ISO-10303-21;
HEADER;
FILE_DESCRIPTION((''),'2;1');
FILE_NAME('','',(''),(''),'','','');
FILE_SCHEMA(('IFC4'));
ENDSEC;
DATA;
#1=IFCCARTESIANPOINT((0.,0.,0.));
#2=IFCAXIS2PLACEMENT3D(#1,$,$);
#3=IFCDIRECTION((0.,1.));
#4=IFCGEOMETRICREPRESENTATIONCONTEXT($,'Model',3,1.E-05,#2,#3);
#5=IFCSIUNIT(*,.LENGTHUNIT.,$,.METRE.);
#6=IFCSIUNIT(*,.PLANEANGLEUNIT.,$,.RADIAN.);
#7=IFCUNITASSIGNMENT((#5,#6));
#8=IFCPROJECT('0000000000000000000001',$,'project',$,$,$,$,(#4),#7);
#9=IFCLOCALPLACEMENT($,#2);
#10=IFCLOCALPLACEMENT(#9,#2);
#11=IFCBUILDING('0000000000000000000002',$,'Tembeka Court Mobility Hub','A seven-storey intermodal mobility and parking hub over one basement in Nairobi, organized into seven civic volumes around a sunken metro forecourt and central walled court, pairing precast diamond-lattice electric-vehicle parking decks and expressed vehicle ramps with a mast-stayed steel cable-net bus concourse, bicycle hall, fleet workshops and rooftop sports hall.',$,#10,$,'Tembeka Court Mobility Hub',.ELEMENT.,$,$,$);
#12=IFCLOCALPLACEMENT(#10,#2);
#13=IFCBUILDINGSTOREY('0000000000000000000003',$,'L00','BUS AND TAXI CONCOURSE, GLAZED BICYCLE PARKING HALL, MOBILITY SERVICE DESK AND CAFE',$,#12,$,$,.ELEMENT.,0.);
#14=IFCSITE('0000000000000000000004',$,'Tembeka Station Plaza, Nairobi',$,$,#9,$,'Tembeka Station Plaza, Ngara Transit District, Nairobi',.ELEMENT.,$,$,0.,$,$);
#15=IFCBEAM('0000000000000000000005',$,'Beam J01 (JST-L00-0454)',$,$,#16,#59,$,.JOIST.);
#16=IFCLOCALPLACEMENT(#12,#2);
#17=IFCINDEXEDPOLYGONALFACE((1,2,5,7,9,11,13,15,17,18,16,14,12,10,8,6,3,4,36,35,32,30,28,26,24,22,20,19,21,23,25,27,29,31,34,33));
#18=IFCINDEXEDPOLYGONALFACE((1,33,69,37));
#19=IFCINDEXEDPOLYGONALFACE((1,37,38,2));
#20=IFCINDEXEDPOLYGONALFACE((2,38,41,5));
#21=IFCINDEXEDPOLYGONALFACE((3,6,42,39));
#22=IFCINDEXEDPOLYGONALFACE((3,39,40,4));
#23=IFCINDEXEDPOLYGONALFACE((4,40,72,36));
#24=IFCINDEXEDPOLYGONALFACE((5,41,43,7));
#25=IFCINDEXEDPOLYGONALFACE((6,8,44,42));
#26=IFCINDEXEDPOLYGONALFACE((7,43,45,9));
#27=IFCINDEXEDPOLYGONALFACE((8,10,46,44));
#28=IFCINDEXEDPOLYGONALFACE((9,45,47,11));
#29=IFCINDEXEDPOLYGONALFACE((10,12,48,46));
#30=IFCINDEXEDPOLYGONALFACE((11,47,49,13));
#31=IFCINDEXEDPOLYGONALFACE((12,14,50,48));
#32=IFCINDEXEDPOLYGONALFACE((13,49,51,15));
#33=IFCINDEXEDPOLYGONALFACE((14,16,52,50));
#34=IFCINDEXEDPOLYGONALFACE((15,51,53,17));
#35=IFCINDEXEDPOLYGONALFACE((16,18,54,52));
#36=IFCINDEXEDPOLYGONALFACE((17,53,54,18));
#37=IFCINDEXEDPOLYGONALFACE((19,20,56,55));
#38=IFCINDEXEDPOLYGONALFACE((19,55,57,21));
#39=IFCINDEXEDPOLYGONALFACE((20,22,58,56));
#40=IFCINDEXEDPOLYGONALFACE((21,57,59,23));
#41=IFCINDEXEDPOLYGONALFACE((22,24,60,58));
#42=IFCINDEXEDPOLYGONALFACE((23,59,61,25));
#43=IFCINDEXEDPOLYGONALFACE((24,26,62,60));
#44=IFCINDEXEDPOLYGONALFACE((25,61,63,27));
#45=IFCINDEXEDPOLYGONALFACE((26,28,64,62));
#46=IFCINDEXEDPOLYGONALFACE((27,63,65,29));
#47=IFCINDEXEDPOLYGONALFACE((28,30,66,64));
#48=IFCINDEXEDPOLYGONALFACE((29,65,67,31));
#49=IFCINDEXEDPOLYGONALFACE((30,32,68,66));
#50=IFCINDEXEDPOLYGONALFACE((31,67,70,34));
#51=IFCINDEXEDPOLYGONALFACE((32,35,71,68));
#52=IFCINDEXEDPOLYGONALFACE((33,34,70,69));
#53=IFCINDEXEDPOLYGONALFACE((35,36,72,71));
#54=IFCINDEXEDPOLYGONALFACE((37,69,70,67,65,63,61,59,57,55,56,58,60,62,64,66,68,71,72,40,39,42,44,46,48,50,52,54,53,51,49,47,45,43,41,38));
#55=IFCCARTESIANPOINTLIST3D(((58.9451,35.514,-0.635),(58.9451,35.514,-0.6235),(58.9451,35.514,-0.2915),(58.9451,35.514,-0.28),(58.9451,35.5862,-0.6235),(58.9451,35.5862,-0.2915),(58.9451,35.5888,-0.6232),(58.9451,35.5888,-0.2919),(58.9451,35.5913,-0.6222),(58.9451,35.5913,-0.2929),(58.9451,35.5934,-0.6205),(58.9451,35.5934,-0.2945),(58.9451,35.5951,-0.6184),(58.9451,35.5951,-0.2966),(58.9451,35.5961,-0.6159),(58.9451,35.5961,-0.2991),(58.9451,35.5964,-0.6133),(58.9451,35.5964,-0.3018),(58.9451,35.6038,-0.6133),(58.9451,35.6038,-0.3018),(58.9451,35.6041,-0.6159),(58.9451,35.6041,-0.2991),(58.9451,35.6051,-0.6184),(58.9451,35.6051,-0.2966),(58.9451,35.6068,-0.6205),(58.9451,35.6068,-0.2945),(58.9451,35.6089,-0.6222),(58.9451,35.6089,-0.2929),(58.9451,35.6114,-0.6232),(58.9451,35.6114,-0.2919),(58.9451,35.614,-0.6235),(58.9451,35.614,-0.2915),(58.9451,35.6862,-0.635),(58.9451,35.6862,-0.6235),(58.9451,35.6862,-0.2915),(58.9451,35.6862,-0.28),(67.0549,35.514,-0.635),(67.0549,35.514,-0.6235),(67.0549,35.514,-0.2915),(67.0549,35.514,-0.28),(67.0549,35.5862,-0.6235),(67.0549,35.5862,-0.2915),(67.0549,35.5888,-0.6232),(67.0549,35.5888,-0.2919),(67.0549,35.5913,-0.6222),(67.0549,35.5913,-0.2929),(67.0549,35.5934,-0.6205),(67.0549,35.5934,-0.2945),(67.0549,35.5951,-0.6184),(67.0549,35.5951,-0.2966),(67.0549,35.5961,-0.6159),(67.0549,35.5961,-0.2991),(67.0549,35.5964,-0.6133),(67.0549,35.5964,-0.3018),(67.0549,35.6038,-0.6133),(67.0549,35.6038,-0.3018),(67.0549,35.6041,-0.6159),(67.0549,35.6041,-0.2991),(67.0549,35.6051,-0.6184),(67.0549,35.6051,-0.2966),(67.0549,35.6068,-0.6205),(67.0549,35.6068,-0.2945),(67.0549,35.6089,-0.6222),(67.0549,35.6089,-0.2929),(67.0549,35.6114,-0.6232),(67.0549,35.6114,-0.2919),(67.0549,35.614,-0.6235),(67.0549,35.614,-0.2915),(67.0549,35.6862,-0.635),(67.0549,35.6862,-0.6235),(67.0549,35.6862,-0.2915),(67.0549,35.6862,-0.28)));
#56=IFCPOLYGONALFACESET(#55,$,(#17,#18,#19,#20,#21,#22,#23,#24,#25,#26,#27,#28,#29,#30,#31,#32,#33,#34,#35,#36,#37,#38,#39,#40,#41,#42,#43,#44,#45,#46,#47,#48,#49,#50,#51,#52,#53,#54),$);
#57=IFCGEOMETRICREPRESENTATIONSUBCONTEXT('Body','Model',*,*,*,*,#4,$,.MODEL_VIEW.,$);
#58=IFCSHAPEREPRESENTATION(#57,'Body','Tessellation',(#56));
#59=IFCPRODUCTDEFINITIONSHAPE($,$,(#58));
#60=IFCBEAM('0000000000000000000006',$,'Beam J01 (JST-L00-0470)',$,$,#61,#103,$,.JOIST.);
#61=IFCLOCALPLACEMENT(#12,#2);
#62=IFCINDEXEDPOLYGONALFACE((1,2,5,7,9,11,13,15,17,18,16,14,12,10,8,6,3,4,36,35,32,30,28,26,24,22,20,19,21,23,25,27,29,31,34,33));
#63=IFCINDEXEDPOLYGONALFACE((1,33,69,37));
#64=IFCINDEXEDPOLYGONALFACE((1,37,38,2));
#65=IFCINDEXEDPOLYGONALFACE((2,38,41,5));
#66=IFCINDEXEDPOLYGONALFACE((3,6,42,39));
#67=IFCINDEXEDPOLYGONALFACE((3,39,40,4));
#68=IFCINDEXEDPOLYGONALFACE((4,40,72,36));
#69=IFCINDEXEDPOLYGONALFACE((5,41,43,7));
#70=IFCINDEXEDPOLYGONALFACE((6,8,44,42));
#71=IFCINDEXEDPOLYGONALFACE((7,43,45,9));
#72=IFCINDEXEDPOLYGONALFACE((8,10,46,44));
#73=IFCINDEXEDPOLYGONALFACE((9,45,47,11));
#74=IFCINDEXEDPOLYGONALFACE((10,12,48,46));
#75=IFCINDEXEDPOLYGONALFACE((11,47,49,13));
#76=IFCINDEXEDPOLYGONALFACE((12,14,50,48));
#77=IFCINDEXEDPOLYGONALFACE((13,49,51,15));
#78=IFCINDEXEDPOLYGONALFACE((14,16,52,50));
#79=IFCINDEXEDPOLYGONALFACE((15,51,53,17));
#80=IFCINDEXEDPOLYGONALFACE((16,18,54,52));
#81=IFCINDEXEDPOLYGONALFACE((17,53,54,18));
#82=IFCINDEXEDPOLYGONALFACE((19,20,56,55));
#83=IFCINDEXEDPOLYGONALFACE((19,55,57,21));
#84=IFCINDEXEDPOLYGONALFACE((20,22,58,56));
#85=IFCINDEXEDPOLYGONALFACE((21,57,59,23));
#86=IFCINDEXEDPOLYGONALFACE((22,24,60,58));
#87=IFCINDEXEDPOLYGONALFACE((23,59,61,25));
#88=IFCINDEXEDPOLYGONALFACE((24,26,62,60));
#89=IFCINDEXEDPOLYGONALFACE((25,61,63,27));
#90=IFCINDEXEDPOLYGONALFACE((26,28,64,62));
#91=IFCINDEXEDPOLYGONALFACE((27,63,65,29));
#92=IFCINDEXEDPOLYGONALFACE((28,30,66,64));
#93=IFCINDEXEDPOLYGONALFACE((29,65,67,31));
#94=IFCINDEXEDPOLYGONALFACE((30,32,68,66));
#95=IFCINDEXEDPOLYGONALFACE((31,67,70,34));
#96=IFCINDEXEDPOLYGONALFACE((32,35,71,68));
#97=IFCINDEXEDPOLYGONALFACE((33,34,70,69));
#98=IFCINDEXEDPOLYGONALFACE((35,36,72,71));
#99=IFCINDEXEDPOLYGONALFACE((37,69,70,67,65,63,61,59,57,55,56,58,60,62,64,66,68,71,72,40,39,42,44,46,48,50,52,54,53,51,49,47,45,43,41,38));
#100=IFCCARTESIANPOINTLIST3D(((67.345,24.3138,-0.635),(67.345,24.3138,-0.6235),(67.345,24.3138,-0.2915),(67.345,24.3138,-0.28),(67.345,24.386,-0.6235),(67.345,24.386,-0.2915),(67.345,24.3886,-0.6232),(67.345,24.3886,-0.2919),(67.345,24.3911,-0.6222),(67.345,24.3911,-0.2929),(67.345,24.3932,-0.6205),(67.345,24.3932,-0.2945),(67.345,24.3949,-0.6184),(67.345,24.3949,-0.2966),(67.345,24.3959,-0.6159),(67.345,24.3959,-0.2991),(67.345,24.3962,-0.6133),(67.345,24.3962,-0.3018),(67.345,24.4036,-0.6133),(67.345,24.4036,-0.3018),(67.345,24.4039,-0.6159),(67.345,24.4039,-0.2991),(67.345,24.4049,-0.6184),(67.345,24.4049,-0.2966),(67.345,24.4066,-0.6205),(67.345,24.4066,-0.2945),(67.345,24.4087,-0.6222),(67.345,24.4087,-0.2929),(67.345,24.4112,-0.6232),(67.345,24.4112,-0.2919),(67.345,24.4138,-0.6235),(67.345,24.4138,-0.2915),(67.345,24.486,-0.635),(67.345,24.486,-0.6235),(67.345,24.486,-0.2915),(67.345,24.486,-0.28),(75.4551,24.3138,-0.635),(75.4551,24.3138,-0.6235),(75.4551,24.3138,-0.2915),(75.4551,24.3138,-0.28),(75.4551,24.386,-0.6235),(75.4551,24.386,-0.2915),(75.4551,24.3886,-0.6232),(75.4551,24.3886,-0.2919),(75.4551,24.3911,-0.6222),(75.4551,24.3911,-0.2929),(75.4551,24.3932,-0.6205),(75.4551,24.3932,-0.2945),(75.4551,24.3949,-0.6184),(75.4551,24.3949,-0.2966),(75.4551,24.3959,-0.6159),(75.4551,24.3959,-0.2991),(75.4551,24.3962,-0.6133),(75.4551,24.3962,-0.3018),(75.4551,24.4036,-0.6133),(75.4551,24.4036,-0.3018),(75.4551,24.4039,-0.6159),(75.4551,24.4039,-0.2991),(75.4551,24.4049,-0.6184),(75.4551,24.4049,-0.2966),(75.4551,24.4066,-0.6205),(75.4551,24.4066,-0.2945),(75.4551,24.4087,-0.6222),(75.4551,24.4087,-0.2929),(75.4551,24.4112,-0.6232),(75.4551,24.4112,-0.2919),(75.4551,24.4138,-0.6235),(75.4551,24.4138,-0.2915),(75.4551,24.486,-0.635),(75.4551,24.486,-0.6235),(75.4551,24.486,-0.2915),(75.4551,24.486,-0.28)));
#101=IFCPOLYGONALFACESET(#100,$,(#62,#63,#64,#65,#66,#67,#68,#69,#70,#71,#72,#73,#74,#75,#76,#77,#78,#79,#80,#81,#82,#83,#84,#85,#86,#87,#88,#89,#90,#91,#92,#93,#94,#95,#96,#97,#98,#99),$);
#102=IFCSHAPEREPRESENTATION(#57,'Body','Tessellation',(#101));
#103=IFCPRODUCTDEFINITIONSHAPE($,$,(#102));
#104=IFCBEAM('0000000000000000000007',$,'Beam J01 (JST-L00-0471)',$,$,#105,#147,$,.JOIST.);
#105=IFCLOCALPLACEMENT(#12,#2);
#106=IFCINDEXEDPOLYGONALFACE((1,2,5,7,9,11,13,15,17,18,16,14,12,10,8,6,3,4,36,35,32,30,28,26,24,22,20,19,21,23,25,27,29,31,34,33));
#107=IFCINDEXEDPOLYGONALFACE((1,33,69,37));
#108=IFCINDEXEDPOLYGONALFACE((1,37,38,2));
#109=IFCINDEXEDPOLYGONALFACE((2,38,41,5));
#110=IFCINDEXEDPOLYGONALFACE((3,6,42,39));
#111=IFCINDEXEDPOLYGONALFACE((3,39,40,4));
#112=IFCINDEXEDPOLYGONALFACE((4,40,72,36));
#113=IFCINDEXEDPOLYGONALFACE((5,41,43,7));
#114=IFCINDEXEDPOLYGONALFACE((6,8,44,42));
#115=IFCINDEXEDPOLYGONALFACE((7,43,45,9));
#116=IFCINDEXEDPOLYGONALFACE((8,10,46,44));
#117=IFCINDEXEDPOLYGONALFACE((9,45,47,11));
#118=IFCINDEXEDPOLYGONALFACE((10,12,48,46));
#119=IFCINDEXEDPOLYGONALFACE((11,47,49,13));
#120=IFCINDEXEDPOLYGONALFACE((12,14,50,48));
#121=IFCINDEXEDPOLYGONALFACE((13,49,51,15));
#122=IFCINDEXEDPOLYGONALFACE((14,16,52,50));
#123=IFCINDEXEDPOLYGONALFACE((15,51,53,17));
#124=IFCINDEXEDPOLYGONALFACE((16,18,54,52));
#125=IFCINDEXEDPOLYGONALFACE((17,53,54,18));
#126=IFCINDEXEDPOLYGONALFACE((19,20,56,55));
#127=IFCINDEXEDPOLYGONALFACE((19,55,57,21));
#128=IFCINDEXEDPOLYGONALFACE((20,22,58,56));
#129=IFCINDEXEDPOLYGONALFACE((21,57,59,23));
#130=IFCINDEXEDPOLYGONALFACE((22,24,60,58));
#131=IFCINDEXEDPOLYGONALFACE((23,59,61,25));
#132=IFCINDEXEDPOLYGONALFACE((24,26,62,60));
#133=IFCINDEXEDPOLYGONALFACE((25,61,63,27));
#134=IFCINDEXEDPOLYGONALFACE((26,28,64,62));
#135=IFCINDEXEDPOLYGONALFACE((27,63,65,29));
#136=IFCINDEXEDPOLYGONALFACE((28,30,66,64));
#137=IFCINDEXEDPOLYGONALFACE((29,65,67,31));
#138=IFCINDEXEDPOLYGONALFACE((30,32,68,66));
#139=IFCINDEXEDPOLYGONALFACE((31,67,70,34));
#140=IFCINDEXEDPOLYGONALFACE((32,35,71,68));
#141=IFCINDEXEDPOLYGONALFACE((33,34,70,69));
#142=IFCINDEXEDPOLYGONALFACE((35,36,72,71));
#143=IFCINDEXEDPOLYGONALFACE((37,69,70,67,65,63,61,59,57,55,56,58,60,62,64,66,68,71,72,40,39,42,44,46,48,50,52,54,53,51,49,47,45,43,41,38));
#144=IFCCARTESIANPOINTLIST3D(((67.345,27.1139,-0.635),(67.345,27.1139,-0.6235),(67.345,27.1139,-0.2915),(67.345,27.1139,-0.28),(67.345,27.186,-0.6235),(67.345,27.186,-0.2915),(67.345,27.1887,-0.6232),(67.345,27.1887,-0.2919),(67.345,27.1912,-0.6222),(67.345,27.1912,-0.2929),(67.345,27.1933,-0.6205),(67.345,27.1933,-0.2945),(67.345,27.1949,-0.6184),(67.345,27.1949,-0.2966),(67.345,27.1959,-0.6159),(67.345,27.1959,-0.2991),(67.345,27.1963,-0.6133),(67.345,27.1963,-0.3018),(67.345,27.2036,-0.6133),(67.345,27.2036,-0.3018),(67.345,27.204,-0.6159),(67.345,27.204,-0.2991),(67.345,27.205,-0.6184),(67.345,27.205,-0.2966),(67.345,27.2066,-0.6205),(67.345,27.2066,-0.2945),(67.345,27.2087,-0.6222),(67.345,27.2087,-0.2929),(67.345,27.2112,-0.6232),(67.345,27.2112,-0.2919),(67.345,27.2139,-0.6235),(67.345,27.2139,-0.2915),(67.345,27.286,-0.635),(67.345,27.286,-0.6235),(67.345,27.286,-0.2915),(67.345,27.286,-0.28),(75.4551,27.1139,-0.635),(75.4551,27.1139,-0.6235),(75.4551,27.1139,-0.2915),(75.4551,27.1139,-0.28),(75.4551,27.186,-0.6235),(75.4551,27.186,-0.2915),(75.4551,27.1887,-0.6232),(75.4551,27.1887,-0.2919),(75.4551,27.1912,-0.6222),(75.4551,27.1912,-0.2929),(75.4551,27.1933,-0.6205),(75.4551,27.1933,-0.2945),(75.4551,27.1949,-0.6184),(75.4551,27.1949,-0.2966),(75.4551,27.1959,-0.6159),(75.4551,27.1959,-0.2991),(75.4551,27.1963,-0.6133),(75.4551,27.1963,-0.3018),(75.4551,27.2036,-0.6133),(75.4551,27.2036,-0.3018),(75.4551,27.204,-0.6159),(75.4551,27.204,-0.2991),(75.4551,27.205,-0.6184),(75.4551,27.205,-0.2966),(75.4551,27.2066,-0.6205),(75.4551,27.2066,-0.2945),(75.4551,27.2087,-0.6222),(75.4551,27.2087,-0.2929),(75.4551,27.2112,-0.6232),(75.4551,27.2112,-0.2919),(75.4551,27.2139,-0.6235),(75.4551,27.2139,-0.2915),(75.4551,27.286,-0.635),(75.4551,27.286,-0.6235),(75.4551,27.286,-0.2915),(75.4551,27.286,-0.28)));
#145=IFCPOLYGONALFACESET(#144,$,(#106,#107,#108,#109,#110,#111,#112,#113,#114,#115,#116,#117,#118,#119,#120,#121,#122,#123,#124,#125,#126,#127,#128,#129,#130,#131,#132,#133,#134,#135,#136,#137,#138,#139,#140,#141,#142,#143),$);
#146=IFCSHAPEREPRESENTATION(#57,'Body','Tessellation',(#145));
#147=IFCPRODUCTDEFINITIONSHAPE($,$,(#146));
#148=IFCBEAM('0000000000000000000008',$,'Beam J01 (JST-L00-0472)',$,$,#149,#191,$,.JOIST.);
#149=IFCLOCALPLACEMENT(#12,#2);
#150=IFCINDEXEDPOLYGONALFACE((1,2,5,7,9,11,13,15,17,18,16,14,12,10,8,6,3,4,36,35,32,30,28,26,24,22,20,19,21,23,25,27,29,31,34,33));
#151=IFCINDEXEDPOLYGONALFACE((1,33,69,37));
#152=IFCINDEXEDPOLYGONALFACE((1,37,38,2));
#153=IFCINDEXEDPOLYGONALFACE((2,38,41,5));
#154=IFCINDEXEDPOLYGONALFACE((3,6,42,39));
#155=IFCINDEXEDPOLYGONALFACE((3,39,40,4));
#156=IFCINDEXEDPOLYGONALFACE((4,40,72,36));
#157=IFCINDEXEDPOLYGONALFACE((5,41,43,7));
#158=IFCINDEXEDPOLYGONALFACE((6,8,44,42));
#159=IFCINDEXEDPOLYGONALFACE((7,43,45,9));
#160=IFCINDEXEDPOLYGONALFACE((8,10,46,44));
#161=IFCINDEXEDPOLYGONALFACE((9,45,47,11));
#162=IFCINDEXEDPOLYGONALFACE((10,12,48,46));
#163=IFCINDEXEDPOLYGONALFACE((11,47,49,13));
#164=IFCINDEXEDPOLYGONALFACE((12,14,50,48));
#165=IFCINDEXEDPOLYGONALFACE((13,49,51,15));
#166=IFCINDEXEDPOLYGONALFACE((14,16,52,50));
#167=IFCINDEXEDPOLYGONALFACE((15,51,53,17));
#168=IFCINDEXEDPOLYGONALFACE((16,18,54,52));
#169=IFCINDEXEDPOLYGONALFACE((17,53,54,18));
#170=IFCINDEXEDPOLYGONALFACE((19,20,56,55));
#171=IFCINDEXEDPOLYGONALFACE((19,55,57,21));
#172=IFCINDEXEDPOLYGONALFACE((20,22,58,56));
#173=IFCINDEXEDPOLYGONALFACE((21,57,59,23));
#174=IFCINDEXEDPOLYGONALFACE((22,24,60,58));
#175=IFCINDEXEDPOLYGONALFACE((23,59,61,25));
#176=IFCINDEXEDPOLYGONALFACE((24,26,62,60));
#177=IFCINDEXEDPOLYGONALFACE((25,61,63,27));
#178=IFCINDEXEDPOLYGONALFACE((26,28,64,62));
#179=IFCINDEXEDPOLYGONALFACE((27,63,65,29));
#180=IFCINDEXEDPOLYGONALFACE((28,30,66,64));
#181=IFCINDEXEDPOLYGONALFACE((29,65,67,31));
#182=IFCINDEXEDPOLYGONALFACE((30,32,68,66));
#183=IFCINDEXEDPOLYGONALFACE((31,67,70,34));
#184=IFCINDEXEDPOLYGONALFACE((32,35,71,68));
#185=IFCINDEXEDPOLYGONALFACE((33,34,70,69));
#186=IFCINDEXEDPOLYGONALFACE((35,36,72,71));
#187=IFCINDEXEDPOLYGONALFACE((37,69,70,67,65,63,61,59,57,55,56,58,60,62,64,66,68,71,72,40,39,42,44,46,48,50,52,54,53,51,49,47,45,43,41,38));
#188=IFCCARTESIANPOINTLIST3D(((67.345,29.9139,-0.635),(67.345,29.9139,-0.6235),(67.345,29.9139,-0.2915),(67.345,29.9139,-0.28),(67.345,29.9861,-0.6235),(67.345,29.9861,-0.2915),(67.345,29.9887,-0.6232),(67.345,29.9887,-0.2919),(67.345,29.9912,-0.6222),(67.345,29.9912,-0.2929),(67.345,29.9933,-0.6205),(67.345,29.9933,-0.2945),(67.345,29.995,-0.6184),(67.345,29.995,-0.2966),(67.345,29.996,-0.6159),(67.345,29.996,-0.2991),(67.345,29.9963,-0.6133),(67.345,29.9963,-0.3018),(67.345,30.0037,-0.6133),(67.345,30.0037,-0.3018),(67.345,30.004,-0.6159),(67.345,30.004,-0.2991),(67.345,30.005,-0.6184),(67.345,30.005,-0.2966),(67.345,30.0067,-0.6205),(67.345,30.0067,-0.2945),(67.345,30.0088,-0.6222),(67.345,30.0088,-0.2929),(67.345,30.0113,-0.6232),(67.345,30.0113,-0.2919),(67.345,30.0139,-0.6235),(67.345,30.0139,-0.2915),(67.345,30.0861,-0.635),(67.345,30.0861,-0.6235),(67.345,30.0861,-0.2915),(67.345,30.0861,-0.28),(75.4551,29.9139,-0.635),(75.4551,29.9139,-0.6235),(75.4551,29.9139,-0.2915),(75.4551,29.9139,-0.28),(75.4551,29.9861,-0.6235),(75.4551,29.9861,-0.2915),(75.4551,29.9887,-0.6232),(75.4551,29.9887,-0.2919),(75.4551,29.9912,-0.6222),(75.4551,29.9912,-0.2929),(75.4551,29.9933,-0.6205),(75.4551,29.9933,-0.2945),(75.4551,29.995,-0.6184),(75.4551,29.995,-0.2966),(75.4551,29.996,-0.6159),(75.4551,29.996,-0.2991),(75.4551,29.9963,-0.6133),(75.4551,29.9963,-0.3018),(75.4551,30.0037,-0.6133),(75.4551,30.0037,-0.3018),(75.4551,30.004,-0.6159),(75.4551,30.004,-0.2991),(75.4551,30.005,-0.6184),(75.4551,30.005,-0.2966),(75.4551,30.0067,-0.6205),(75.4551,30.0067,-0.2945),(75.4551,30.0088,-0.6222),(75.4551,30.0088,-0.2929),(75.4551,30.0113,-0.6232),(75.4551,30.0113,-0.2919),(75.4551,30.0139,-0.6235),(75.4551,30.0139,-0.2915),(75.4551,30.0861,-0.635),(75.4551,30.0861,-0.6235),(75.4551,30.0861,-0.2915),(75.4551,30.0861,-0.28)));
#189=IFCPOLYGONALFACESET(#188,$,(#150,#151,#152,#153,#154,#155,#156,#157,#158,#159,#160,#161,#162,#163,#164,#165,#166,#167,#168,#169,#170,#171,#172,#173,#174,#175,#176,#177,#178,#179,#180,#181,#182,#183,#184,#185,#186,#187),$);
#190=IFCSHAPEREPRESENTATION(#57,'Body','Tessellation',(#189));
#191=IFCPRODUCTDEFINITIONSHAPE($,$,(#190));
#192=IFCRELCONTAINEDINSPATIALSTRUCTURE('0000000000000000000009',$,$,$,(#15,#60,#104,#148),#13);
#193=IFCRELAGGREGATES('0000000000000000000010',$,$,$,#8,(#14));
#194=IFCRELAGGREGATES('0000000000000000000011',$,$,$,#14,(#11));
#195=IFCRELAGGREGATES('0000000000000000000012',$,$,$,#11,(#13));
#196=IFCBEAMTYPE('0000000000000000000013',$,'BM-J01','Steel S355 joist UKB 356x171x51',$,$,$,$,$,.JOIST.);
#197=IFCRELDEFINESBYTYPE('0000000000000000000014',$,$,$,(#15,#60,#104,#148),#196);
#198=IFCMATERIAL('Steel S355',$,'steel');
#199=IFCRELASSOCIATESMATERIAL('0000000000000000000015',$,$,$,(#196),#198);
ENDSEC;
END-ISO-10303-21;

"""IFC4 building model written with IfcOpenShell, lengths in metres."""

from ifc_helpers import new_model, si_unit, direction, frame, origin, origin_2d, place, context, subcontext, project, spatial, i_section, extrude, material, material_profile, profile_set, type_object, element, save


model = new_model("IFC4")

# Units and contexts
model_context = context("Model", 3, precision=1e-05, world=origin(), true_north=direction((0.0, 1.0)))
body_context = subcontext(model_context, "Body", "Model", "MODEL_VIEW")
ifc_project = project(units=[si_unit("LENGTHUNIT", "METRE"), si_unit("PLANEANGLEUNIT", "RADIAN")], contexts=[model_context])

# Site, building, storey
site_placement = place(None, origin())
site = spatial("IfcSite", under=ifc_project, at=site_placement, Name="Tembeka Station Plaza, Nairobi", LongName="Tembeka Station Plaza, Ngara Transit District, Nairobi", CompositionType="ELEMENT", RefElevation=0.0)
building_placement = place(site_placement, origin())
building = spatial("IfcBuilding", under=site, at=building_placement, Name="Tembeka Court Mobility Hub", Description="A seven-storey intermodal mobility and parking hub over one basement in Nairobi, organized into seven civic volumes around a sunken metro forecourt and central walled court, pairing precast diamond-lattice electric-vehicle parking decks and expressed vehicle ramps with a mast-stayed steel cable-net bus concourse, bicycle hall, fleet workshops and rooftop sports hall.", LongName="Tembeka Court Mobility Hub", CompositionType="ELEMENT")
storey_placement = place(building_placement, origin())
storey = spatial("IfcBuildingStorey", under=building, at=storey_placement, Name="L00", Description="BUS AND TAXI CONCOURSE, GLAZED BICYCLE PARKING HALL, MOBILITY SERVICE DESK AND CAFE", CompositionType="ELEMENT", Elevation=0.0)

# Shared definitions
ifc_material_1 = material(Name="Steel S355", Category="steel")

# Beams
ifc_material_profile_1 = material_profile(ifc_material_1, i_section(OverallWidth=0.1721, OverallDepth=0.355, WebThickness=0.0073, FlangeThickness=0.0115, FilletRadius=0.0103, at=origin_2d()), Name="UKB 356x171x51")
ifc_profile_set_1 = profile_set([ifc_material_profile_1], Name="Steel S355")
beam_type_1 = type_object("IfcBeamType", Name="BM-J01", Description="Steel S355 joist UKB 356x171x51", PredefinedType="JOIST", material=ifc_profile_set_1)
for number, where, z_axis, x_axis, name in (
    (1, (58.9451, 35.6001, -0.4575), (1.0, 0.0, 0.0), (0.0, 1.0, 0.0), "Beam J01 (JST-L00-0454)"),
):
    element("IfcBeam", number, at=place(storey_placement, frame(where, z_axis=z_axis, x_axis=x_axis)), inside=storey, type_object=beam_type_1, Name=name, PredefinedType="JOIST", context=body_context, shape_type="SweptSolid", body=[
        extrude(i_section(OverallWidth=0.1721, OverallDepth=0.355, WebThickness=0.0073, FlangeThickness=0.0115, FilletRadius=0.0103, at=origin_2d()), origin(), (0.0, 0.0, 1.0), 8.1099),
    ])
for number, where, z_axis, x_axis, name in (
    (2, (67.345, 24.3999, -0.4575), (1.0, 0.0, 0.0), (0.0, 1.0, 0.0), "Beam J01 (JST-L00-0470)"),
    (3, (67.345, 27.2, -0.4575), (1.0, 0.0, 0.0), (0.0, 1.0, 0.0), "Beam J01 (JST-L00-0471)"),
    (4, (67.345, 30.0, -0.4575), (1.0, 0.0, 0.0), (0.0, 1.0, 0.0), "Beam J01 (JST-L00-0472)"),
):
    element("IfcBeam", number, at=place(storey_placement, frame(where, z_axis=z_axis, x_axis=x_axis)), inside=storey, type_object=beam_type_1, Name=name, PredefinedType="JOIST", context=body_context, shape_type="SweptSolid", body=[
        extrude(i_section(OverallWidth=0.1721, OverallDepth=0.355, WebThickness=0.0073, FlangeThickness=0.0115, FilletRadius=0.0103, at=origin_2d()), origin(), (0.0, 0.0, 1.0), 8.1101),
    ])

save(model, "model.ifc")
